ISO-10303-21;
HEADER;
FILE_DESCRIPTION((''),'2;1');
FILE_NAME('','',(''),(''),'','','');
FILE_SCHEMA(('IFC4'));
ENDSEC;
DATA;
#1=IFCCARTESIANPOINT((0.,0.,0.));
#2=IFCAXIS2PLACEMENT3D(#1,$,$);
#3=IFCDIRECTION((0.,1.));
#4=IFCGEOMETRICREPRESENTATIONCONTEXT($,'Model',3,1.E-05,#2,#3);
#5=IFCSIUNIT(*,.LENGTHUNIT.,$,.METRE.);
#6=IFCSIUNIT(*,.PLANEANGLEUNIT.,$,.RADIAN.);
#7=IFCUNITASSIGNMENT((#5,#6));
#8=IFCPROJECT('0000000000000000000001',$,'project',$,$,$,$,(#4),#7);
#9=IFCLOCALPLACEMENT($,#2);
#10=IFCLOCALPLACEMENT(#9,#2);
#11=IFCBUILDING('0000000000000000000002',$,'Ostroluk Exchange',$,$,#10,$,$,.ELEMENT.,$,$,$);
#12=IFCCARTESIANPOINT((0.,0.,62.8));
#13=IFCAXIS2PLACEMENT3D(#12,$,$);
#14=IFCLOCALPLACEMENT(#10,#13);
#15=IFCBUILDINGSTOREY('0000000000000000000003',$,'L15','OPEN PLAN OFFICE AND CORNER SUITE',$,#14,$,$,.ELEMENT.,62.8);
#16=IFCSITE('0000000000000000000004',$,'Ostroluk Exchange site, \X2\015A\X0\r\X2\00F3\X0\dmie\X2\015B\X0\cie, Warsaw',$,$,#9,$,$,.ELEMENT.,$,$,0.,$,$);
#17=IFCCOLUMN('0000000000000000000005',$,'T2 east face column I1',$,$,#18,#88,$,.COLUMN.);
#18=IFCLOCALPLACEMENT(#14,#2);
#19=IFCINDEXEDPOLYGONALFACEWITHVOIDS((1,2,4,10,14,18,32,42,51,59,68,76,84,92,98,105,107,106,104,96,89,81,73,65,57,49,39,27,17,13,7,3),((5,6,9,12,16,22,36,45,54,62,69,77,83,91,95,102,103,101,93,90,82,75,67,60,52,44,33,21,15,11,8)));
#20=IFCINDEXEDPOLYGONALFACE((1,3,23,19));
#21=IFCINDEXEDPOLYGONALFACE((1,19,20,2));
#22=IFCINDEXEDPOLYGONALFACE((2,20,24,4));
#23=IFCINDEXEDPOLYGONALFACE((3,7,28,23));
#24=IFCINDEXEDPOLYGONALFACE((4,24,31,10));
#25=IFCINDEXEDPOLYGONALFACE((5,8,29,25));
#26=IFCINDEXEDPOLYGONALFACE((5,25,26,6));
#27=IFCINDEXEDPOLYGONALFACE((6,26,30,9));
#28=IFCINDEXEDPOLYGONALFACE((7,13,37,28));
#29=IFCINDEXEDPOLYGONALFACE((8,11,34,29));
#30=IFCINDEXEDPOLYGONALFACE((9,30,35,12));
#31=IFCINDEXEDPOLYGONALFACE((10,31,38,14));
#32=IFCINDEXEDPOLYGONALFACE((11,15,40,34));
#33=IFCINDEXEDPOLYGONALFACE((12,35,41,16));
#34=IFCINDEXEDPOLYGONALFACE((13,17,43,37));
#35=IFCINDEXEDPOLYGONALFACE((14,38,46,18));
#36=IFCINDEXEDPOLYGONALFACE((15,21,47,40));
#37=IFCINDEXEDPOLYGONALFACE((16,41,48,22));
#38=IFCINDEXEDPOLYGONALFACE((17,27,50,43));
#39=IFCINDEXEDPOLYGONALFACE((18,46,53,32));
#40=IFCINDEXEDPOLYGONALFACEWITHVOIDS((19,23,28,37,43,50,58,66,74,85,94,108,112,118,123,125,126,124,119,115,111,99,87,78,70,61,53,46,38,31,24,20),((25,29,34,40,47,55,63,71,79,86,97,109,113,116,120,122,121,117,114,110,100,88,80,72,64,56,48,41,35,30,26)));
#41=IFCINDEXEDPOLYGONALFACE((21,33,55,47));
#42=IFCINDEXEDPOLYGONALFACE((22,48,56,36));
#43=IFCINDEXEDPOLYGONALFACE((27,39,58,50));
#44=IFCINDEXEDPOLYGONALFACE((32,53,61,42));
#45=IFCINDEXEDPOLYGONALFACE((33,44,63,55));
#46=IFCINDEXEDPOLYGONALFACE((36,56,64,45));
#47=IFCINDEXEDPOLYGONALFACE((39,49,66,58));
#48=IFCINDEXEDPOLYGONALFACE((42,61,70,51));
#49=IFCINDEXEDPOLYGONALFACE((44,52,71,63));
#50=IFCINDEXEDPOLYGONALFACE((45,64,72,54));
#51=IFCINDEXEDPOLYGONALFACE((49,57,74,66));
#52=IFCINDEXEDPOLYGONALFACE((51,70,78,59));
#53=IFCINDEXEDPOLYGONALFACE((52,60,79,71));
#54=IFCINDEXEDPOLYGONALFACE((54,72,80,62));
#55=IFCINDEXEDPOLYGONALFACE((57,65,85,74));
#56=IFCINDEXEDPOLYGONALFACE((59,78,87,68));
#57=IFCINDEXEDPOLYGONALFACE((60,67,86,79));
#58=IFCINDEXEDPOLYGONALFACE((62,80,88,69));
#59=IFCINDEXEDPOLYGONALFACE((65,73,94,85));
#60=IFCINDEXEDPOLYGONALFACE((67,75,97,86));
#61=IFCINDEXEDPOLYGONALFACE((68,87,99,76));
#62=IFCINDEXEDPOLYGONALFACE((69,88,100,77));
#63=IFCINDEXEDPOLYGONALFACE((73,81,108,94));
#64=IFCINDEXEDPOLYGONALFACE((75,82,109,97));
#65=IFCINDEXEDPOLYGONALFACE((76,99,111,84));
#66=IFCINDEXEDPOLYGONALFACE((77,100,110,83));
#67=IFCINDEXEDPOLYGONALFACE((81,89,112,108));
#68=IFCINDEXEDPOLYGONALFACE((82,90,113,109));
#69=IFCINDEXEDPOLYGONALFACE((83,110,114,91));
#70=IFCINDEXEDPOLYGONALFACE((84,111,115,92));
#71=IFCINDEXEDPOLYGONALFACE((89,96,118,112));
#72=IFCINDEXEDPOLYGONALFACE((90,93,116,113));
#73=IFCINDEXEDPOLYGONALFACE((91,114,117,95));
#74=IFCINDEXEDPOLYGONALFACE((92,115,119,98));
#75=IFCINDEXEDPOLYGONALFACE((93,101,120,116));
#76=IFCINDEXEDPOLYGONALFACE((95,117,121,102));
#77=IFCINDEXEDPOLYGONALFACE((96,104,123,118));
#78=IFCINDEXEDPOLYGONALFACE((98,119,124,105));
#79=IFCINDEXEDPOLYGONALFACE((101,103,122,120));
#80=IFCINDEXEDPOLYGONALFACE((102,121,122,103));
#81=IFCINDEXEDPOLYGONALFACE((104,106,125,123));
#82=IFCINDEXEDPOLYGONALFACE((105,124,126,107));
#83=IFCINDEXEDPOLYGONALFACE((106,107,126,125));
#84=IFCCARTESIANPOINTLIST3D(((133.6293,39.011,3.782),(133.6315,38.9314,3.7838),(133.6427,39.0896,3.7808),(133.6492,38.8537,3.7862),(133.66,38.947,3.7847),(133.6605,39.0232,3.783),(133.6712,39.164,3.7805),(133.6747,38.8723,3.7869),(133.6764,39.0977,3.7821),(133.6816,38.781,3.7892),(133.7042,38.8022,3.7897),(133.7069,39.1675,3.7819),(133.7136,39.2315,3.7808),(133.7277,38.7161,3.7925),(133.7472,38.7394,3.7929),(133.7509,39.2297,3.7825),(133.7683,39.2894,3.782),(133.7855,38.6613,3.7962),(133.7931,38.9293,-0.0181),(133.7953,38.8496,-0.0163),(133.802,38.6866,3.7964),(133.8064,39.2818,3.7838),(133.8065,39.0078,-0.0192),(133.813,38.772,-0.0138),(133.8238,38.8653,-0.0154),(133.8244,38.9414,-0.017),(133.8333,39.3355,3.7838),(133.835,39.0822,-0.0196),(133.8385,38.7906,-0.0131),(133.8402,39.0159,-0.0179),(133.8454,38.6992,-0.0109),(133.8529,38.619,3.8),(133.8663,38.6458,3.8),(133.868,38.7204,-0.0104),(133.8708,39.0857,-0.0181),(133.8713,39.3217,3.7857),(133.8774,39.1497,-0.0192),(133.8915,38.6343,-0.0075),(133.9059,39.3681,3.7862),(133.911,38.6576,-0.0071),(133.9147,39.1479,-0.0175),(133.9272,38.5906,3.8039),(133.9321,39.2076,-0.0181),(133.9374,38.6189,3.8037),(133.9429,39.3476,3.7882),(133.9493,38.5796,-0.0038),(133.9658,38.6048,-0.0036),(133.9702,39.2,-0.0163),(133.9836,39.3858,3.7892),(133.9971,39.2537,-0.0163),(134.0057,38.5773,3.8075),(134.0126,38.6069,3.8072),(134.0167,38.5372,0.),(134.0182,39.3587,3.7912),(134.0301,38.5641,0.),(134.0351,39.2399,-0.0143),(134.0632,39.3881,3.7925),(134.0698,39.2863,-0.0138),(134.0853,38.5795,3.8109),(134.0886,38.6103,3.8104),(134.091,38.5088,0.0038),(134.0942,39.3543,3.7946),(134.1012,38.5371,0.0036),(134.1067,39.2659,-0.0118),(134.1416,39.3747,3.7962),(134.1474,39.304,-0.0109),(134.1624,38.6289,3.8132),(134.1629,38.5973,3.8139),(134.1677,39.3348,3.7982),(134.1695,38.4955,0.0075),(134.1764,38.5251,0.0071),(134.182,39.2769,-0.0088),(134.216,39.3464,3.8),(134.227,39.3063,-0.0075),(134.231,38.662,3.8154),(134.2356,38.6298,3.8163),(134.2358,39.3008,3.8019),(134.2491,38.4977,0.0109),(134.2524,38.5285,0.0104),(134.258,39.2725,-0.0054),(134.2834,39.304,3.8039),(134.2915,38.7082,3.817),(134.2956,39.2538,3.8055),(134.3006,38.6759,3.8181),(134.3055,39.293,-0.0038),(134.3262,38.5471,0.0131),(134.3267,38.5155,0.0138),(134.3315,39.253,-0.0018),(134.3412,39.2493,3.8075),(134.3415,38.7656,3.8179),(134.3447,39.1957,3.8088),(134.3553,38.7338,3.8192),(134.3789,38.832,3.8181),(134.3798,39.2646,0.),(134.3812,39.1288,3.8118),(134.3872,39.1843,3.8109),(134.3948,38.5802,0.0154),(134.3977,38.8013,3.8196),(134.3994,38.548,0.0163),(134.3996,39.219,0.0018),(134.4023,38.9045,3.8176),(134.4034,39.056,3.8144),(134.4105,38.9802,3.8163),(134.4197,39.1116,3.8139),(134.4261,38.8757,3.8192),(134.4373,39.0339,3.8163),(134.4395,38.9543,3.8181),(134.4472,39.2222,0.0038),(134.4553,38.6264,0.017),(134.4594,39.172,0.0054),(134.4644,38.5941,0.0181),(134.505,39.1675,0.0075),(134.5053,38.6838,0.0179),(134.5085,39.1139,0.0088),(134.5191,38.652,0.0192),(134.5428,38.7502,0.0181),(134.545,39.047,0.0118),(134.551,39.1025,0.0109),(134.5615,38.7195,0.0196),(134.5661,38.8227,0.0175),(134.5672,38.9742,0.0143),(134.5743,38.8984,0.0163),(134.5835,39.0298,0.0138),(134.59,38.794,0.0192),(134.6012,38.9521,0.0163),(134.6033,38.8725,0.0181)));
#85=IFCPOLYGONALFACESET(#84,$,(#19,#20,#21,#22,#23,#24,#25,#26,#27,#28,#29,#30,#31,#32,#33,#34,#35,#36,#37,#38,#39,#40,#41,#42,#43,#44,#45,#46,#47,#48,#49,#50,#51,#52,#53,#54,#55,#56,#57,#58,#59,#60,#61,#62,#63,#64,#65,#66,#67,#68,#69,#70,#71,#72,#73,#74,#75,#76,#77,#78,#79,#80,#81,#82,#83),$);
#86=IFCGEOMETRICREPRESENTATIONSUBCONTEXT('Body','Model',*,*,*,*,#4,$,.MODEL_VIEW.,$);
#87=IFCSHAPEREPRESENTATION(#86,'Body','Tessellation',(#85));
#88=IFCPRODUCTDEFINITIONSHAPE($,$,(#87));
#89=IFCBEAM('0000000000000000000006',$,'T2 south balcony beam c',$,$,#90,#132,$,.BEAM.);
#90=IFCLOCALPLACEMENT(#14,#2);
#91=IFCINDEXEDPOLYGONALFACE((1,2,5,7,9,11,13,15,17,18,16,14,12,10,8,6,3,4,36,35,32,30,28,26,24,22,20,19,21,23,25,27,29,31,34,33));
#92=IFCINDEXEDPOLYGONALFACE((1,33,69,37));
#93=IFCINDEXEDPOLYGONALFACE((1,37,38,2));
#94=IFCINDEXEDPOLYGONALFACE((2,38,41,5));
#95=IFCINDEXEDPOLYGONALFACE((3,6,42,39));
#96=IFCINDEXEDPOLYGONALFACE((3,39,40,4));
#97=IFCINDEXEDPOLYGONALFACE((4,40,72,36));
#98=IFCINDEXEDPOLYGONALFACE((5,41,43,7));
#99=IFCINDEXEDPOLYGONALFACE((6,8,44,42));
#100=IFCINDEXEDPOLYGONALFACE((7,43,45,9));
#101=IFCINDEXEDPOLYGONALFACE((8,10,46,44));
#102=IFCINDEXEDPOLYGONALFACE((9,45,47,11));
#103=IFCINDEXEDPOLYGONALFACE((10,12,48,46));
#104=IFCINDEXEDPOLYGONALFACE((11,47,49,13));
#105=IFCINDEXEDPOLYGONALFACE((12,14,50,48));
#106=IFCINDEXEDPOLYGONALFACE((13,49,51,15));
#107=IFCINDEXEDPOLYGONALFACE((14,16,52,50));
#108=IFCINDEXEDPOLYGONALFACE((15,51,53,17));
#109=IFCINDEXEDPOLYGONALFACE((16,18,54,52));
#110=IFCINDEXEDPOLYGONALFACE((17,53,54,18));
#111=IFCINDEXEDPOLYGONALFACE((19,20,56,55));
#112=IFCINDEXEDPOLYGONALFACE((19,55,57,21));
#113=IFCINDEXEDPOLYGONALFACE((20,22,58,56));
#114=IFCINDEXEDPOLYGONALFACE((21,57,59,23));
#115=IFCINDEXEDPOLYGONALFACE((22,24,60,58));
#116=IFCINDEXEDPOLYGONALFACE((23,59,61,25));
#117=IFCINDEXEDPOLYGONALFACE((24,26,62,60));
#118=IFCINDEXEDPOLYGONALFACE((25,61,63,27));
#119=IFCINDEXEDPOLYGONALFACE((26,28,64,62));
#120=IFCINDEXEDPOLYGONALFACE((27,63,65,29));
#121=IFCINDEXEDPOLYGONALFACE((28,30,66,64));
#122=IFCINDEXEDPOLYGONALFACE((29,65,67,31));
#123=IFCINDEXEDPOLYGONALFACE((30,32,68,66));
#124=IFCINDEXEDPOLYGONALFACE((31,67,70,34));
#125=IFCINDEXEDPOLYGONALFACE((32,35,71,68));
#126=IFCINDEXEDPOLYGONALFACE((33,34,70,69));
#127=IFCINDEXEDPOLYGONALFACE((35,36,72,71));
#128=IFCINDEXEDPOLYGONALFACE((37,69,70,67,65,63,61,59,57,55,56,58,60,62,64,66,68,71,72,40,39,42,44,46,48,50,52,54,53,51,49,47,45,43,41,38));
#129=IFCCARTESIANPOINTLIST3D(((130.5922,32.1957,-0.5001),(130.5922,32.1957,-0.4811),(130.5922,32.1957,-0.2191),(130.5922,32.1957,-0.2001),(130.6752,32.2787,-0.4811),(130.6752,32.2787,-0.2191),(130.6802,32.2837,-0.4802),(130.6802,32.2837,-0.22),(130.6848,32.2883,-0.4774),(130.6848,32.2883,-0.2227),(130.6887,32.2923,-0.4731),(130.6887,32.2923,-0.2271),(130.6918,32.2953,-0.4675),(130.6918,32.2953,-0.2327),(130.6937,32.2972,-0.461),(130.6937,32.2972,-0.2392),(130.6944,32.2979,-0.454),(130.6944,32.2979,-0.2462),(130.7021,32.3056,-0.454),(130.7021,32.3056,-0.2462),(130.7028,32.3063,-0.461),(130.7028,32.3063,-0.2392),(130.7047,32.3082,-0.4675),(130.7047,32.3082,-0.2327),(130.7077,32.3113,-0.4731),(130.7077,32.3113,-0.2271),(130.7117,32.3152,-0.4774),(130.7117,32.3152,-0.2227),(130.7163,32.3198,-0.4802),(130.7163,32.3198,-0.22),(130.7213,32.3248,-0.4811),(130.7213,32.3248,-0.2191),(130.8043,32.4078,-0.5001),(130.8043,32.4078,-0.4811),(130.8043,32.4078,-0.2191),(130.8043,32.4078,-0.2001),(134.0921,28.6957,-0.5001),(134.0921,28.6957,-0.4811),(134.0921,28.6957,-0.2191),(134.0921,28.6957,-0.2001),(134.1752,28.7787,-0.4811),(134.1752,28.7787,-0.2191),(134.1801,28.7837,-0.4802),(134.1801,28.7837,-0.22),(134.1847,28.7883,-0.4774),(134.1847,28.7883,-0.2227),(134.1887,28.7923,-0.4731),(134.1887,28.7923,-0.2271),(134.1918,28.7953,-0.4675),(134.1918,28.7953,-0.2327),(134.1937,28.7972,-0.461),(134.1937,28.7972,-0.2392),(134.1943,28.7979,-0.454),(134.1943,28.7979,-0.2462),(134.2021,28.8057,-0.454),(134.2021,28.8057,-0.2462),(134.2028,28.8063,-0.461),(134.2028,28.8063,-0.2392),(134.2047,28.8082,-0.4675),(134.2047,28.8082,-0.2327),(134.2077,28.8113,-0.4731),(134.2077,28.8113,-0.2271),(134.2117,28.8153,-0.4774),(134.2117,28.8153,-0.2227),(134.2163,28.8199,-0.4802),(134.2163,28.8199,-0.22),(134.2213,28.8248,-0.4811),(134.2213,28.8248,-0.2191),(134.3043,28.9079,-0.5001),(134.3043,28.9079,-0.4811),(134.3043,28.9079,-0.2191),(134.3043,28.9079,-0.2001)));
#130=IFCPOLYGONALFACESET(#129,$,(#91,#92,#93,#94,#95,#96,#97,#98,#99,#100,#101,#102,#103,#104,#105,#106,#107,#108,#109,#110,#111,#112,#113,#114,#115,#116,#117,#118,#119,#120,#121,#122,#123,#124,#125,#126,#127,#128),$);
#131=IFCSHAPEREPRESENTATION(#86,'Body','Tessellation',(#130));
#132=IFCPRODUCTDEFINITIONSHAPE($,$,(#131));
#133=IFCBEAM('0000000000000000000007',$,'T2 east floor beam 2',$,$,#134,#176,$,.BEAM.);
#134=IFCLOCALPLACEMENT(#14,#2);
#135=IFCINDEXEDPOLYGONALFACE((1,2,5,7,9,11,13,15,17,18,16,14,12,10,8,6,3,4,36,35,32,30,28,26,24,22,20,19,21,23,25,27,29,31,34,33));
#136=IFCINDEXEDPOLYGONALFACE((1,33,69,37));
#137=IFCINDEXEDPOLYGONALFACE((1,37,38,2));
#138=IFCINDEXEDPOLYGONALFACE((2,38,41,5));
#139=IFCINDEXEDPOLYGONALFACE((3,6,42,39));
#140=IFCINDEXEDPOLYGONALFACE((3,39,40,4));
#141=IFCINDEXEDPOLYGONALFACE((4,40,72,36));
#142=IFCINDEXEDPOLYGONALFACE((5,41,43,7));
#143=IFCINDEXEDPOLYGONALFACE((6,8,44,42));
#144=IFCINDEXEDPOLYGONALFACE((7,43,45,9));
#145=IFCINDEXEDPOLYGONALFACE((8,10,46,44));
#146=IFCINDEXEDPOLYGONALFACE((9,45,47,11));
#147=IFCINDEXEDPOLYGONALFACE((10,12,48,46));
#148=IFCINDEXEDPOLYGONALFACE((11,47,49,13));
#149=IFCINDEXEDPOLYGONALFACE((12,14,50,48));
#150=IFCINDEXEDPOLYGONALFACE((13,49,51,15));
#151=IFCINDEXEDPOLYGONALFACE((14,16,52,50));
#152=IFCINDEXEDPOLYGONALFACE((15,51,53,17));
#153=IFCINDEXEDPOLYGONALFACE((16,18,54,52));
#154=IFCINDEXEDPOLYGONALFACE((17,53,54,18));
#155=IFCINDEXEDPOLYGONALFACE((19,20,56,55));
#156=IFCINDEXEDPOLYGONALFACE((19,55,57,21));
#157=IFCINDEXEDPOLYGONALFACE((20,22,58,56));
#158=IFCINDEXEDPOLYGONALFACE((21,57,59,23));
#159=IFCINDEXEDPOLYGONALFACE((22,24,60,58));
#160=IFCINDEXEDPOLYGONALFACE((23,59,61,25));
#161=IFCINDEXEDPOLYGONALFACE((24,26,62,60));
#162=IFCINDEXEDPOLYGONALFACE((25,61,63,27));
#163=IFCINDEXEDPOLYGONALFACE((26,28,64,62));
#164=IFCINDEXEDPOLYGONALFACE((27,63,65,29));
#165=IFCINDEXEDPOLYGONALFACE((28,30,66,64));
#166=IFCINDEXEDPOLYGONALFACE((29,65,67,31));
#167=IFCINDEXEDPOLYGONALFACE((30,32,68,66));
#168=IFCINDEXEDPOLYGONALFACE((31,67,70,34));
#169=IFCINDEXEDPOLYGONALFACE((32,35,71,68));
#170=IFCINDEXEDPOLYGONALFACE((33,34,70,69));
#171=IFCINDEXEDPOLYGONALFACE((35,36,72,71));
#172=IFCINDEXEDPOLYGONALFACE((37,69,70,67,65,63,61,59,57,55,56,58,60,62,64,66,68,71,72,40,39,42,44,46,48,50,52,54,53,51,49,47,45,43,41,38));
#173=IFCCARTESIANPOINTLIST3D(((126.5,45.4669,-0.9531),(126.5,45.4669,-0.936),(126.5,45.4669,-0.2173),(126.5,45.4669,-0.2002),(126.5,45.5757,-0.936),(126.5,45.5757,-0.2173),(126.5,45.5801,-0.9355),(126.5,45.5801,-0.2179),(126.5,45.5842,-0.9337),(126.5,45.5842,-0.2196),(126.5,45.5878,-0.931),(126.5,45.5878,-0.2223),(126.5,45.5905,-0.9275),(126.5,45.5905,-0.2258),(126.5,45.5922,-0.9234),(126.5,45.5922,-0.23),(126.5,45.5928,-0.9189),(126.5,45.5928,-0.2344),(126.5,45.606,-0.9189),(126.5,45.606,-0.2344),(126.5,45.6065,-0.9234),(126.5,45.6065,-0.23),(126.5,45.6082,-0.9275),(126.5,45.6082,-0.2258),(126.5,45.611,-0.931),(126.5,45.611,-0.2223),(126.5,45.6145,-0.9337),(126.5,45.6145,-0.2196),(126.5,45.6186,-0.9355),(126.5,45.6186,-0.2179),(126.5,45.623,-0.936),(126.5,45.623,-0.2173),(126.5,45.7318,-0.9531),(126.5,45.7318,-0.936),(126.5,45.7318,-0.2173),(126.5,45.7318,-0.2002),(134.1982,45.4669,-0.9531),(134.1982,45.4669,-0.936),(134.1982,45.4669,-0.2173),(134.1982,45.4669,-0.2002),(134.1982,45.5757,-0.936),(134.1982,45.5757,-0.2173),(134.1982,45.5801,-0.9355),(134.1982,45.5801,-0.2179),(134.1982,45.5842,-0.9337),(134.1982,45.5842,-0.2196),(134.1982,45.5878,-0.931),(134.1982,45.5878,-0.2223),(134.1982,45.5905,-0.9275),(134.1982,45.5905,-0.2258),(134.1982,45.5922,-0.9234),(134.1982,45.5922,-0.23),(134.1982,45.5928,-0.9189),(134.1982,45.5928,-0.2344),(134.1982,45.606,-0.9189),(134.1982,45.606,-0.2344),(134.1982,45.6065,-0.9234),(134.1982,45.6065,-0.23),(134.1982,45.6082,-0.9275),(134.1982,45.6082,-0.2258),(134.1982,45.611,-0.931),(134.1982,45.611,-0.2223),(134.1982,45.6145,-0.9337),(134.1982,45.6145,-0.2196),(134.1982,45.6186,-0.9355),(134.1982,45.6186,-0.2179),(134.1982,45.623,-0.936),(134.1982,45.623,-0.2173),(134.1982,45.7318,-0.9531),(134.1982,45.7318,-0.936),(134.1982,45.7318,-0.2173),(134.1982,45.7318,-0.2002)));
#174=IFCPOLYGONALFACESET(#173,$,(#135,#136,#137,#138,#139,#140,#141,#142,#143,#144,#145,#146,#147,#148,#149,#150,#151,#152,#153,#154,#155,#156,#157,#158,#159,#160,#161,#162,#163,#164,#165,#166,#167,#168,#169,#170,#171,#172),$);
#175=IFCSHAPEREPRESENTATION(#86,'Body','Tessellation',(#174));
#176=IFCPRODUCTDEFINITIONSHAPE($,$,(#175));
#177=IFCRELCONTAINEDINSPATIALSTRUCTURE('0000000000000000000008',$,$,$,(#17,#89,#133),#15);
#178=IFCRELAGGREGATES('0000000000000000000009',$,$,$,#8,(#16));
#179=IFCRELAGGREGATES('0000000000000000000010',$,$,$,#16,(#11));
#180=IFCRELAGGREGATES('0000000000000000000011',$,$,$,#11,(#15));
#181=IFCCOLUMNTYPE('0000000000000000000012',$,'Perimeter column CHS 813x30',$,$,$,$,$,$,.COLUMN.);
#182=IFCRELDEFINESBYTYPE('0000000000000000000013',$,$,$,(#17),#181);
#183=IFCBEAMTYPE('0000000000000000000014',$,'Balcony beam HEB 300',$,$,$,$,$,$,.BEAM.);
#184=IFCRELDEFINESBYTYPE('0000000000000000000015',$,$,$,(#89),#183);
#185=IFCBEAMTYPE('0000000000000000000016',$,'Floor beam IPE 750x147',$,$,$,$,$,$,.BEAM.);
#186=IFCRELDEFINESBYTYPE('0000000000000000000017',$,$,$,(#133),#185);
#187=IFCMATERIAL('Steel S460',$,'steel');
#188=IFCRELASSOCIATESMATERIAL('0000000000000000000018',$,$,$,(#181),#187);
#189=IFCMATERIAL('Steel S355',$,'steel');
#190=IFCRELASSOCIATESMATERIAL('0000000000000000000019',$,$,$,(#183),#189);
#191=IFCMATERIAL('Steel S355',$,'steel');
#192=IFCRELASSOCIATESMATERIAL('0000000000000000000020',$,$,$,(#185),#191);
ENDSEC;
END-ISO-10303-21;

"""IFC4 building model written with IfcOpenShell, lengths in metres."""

from ifc_helpers import new_model, si_unit, direction, frame, origin, origin_2d, place, context, subcontext, project, spatial, hollow_circle, i_section, extrude, material, material_profile, profile_set, type_object, element, save


model = new_model("IFC4")

# Units and contexts
model_context = context("Model", 3, precision=1e-05, world=origin(), true_north=direction((0.0, 1.0)))
body_context = subcontext(model_context, "Body", "Model", "MODEL_VIEW")
ifc_project = project(units=[si_unit("LENGTHUNIT", "METRE"), si_unit("PLANEANGLEUNIT", "RADIAN")], contexts=[model_context])

# Site, building, storey
site_placement = place(None, origin())
site = spatial("IfcSite", under=ifc_project, at=site_placement, Name="Ostroluk Exchange site, Śródmieście, Warsaw", CompositionType="ELEMENT", RefElevation=0.0)
building_placement = place(site_placement, origin())
building = spatial("IfcBuilding", under=site, at=building_placement, Name="Ostroluk Exchange", CompositionType="ELEMENT")
storey_placement = place(building_placement, frame((0.0, 0.0, 62.8)))
storey = spatial("IfcBuildingStorey", under=building, at=storey_placement, Name="L15", Description="OPEN PLAN OFFICE AND CORNER SUITE", CompositionType="ELEMENT", Elevation=62.8)

# Column
ifc_material_1 = material(Name="Steel S460", Category="steel")
ifc_material_profile_1 = material_profile(ifc_material_1, hollow_circle(Radius=0.4065, WallThickness=0.03, at=origin_2d()), Name="CHS 813x30")
ifc_profile_set_1 = profile_set([ifc_material_profile_1], Name="Steel S460")
column_type = type_object("IfcColumnType", Name="Perimeter column CHS 813x30", PredefinedType="COLUMN", material=ifc_profile_set_1)
column_placement = place(storey_placement, frame((134.1982, 38.9009, 0.0), z_axis=(-0.04306, 0.021498, 0.998841), x_axis=(-0.44668, -0.894694, 0.0)))
element("IfcColumn", 1, at=column_placement, inside=storey, type_object=column_type, Name="T2 east face column I1", PredefinedType="COLUMN", context=body_context, shape_type="SweptSolid", body=[
    extrude(hollow_circle(Radius=0.4065, WallThickness=0.03, at=origin_2d()), origin(), (0.0, 0.0, 1.0), 3.8044),
])

# Beams
ifc_material_2 = material(Name="Steel S355", Category="steel")
ifc_material_profile_2 = material_profile(ifc_material_2, i_section(OverallWidth=0.3, OverallDepth=0.3, WebThickness=0.011, FlangeThickness=0.019, FilletRadius=0.0271, at=origin_2d()), Name="HEB 300")
ifc_profile_set_2 = profile_set([ifc_material_profile_2], Name="Steel S355")
beam_type_1 = type_object("IfcBeamType", Name="Balcony beam HEB 300", PredefinedType="BEAM", material=ifc_profile_set_2)
beam_1_placement = place(storey_placement, frame((130.6982, 32.3018, -0.3501), z_axis=(0.707107, -0.707107, 0.0), x_axis=(0.707107, 0.707107, 0.0)))
element("IfcBeam", 2, at=beam_1_placement, inside=storey, type_object=beam_type_1, Name="T2 south balcony beam c", PredefinedType="BEAM", context=body_context, shape_type="SweptSolid", body=[
    extrude(i_section(OverallWidth=0.3, OverallDepth=0.3, WebThickness=0.011, FlangeThickness=0.019, FilletRadius=0.0271, at=origin_2d()), origin(), (0.0, 0.0, 1.0), 4.9497),
])
ifc_material_3 = material(Name="Steel S355", Category="steel")
ifc_material_profile_3 = material_profile(ifc_material_3, i_section(OverallWidth=0.2649, OverallDepth=0.7529, WebThickness=0.0132, FlangeThickness=0.0171, FilletRadius=0.0171, at=origin_2d()), Name="IPE 750x147")
ifc_profile_set_3 = profile_set([ifc_material_profile_3], Name="Steel S355")
beam_type_2 = type_object("IfcBeamType", Name="Floor beam IPE 750x147", PredefinedType="BEAM", material=ifc_profile_set_3)
beam_2_placement = place(storey_placement, frame((126.5, 45.5994, -0.5767), z_axis=(1.0, 0.0, 0.0), x_axis=(0.0, 1.0, 0.0)))
element("IfcBeam", 3, at=beam_2_placement, inside=storey, type_object=beam_type_2, Name="T2 east floor beam 2", PredefinedType="BEAM", context=body_context, shape_type="SweptSolid", body=[
    extrude(i_section(OverallWidth=0.2649, OverallDepth=0.7529, WebThickness=0.0132, FlangeThickness=0.0171, FilletRadius=0.0171, at=origin_2d()), origin(), (0.0, 0.0, 1.0), 7.6982),
])

save(model, "model.ifc")
